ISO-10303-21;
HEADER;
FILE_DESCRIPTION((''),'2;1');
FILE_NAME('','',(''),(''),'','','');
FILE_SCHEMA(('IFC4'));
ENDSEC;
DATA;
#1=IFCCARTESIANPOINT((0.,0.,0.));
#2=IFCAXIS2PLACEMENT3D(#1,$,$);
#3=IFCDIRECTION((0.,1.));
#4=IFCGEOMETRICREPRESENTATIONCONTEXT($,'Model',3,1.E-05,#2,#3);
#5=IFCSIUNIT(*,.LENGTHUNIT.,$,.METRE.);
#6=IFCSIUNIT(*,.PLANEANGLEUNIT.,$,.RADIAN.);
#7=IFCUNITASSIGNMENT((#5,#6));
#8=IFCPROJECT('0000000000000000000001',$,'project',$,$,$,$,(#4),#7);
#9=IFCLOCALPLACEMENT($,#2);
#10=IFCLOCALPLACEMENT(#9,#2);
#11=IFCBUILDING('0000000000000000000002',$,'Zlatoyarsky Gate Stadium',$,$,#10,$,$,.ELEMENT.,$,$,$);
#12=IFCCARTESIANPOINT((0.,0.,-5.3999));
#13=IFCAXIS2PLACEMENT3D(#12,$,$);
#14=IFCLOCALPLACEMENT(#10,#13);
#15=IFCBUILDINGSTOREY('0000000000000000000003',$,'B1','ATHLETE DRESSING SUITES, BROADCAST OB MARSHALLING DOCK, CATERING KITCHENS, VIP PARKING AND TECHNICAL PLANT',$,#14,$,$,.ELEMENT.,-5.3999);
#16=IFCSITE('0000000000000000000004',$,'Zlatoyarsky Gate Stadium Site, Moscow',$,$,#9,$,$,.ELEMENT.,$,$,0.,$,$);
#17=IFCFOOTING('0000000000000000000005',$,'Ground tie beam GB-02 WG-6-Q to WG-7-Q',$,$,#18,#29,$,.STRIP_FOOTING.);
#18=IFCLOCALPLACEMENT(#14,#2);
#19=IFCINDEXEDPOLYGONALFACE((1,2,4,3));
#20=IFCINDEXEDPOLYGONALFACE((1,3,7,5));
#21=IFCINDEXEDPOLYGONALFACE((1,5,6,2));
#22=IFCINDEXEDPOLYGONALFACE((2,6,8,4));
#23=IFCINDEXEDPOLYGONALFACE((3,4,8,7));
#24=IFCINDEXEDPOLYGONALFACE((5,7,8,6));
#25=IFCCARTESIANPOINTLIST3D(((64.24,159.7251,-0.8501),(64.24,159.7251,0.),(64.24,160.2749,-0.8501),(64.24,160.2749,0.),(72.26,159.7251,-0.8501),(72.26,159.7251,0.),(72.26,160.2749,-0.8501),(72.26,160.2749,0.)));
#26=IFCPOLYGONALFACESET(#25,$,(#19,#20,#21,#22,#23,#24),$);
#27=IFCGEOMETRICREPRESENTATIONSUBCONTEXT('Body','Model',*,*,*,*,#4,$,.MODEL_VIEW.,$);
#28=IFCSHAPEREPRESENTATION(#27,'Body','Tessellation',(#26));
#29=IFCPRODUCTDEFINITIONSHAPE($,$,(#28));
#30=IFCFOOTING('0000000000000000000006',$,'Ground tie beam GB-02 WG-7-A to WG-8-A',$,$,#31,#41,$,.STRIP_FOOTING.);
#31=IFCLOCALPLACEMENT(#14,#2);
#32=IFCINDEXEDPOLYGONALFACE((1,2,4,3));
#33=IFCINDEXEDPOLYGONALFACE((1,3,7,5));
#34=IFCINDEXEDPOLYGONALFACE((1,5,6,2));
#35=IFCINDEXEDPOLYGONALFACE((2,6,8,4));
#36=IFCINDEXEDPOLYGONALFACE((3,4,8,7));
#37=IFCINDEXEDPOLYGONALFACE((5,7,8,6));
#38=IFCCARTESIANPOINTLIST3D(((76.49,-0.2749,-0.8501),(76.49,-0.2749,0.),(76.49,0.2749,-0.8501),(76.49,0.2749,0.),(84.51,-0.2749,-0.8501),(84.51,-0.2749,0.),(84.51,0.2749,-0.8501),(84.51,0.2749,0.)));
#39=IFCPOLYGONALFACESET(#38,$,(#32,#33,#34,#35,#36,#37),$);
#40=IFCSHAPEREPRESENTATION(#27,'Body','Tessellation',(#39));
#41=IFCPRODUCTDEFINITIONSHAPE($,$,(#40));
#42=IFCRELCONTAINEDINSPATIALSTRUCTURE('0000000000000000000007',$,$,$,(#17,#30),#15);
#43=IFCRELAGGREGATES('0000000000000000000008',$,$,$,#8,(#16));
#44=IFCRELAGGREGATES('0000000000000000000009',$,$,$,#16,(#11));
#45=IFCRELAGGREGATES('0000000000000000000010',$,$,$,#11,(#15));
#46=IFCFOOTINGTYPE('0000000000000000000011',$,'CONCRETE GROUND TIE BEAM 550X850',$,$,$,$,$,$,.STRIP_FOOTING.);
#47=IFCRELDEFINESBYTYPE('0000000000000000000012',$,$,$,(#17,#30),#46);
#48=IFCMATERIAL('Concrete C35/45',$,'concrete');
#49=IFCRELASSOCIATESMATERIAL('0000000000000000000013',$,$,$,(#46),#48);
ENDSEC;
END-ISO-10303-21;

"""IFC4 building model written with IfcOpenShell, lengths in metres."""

from ifc_helpers import new_model, si_unit, direction, frame, origin, origin_2d, place, context, subcontext, project, spatial, polyline, rectangle, outline, extrude, material, material_profile, profile_set, type_object, element, save


model = new_model("IFC4")

# Units and contexts
model_context = context("Model", 3, precision=1e-05, world=origin(), true_north=direction((0.0, 1.0)))
body_context = subcontext(model_context, "Body", "Model", "MODEL_VIEW")
ifc_project = project(units=[si_unit("LENGTHUNIT", "METRE"), si_unit("PLANEANGLEUNIT", "RADIAN")], contexts=[model_context])

# Site, building, storey
site_placement = place(None, origin())
site = spatial("IfcSite", under=ifc_project, at=site_placement, Name="Zlatoyarsky Gate Stadium Site, Moscow", CompositionType="ELEMENT", RefElevation=0.0)
building_placement = place(site_placement, origin())
building = spatial("IfcBuilding", under=site, at=building_placement, Name="Zlatoyarsky Gate Stadium", CompositionType="ELEMENT")
storey_placement = place(building_placement, frame((0.0, 0.0, -5.3999)))
storey = spatial("IfcBuildingStorey", under=building, at=storey_placement, Name="B1", Description="ATHLETE DRESSING SUITES, BROADCAST OB MARSHALLING DOCK, CATERING KITCHENS, VIP PARKING AND TECHNICAL PLANT", CompositionType="ELEMENT", Elevation=-5.3999)

# Footings
ifc_material = material(Name="Concrete C35/45", Category="concrete")
ifc_material_profile_1 = material_profile(ifc_material, rectangle(XDim=0.55, YDim=0.8501, at=origin_2d()), Name="GB 550X850")
ifc_profile_set_1 = profile_set([ifc_material_profile_1], Name="Concrete C35/45")
footing_type_1 = type_object("IfcFootingType", Name="CONCRETE GROUND TIE BEAM 550X850", PredefinedType="STRIP_FOOTING", material=ifc_profile_set_1)
footing_1_placement = place(storey_placement, frame((0.0, 0.0, -0.8501)))
element("IfcFooting", 1, at=footing_1_placement, inside=storey, type_object=footing_type_1, Name="Ground tie beam GB-02 WG-6-Q to WG-7-Q", PredefinedType="STRIP_FOOTING", context=body_context, shape_type="SweptSolid", body=[
    extrude(outline(polyline([(64.24, 159.7251), (72.26, 159.7251), (72.26, 160.2749), (64.24, 160.2749), (64.24, 159.7251)])), origin(), (0.0, 0.0, 1.0), 0.8501),
])
footing_2_placement = place(storey_placement, frame((0.0, 0.0, -0.8501)))
element("IfcFooting", 2, at=footing_2_placement, inside=storey, type_object=footing_type_1, Name="Ground tie beam GB-02 WG-7-A to WG-8-A", PredefinedType="STRIP_FOOTING", context=body_context, shape_type="SweptSolid", body=[
    extrude(outline(polyline([(76.49, -0.2749), (84.51, -0.2749), (84.51, 0.2749), (76.49, 0.2749), (76.49, -0.2749)])), origin(), (0.0, 0.0, 1.0), 0.8501),
])

save(model, "model.ifc")
